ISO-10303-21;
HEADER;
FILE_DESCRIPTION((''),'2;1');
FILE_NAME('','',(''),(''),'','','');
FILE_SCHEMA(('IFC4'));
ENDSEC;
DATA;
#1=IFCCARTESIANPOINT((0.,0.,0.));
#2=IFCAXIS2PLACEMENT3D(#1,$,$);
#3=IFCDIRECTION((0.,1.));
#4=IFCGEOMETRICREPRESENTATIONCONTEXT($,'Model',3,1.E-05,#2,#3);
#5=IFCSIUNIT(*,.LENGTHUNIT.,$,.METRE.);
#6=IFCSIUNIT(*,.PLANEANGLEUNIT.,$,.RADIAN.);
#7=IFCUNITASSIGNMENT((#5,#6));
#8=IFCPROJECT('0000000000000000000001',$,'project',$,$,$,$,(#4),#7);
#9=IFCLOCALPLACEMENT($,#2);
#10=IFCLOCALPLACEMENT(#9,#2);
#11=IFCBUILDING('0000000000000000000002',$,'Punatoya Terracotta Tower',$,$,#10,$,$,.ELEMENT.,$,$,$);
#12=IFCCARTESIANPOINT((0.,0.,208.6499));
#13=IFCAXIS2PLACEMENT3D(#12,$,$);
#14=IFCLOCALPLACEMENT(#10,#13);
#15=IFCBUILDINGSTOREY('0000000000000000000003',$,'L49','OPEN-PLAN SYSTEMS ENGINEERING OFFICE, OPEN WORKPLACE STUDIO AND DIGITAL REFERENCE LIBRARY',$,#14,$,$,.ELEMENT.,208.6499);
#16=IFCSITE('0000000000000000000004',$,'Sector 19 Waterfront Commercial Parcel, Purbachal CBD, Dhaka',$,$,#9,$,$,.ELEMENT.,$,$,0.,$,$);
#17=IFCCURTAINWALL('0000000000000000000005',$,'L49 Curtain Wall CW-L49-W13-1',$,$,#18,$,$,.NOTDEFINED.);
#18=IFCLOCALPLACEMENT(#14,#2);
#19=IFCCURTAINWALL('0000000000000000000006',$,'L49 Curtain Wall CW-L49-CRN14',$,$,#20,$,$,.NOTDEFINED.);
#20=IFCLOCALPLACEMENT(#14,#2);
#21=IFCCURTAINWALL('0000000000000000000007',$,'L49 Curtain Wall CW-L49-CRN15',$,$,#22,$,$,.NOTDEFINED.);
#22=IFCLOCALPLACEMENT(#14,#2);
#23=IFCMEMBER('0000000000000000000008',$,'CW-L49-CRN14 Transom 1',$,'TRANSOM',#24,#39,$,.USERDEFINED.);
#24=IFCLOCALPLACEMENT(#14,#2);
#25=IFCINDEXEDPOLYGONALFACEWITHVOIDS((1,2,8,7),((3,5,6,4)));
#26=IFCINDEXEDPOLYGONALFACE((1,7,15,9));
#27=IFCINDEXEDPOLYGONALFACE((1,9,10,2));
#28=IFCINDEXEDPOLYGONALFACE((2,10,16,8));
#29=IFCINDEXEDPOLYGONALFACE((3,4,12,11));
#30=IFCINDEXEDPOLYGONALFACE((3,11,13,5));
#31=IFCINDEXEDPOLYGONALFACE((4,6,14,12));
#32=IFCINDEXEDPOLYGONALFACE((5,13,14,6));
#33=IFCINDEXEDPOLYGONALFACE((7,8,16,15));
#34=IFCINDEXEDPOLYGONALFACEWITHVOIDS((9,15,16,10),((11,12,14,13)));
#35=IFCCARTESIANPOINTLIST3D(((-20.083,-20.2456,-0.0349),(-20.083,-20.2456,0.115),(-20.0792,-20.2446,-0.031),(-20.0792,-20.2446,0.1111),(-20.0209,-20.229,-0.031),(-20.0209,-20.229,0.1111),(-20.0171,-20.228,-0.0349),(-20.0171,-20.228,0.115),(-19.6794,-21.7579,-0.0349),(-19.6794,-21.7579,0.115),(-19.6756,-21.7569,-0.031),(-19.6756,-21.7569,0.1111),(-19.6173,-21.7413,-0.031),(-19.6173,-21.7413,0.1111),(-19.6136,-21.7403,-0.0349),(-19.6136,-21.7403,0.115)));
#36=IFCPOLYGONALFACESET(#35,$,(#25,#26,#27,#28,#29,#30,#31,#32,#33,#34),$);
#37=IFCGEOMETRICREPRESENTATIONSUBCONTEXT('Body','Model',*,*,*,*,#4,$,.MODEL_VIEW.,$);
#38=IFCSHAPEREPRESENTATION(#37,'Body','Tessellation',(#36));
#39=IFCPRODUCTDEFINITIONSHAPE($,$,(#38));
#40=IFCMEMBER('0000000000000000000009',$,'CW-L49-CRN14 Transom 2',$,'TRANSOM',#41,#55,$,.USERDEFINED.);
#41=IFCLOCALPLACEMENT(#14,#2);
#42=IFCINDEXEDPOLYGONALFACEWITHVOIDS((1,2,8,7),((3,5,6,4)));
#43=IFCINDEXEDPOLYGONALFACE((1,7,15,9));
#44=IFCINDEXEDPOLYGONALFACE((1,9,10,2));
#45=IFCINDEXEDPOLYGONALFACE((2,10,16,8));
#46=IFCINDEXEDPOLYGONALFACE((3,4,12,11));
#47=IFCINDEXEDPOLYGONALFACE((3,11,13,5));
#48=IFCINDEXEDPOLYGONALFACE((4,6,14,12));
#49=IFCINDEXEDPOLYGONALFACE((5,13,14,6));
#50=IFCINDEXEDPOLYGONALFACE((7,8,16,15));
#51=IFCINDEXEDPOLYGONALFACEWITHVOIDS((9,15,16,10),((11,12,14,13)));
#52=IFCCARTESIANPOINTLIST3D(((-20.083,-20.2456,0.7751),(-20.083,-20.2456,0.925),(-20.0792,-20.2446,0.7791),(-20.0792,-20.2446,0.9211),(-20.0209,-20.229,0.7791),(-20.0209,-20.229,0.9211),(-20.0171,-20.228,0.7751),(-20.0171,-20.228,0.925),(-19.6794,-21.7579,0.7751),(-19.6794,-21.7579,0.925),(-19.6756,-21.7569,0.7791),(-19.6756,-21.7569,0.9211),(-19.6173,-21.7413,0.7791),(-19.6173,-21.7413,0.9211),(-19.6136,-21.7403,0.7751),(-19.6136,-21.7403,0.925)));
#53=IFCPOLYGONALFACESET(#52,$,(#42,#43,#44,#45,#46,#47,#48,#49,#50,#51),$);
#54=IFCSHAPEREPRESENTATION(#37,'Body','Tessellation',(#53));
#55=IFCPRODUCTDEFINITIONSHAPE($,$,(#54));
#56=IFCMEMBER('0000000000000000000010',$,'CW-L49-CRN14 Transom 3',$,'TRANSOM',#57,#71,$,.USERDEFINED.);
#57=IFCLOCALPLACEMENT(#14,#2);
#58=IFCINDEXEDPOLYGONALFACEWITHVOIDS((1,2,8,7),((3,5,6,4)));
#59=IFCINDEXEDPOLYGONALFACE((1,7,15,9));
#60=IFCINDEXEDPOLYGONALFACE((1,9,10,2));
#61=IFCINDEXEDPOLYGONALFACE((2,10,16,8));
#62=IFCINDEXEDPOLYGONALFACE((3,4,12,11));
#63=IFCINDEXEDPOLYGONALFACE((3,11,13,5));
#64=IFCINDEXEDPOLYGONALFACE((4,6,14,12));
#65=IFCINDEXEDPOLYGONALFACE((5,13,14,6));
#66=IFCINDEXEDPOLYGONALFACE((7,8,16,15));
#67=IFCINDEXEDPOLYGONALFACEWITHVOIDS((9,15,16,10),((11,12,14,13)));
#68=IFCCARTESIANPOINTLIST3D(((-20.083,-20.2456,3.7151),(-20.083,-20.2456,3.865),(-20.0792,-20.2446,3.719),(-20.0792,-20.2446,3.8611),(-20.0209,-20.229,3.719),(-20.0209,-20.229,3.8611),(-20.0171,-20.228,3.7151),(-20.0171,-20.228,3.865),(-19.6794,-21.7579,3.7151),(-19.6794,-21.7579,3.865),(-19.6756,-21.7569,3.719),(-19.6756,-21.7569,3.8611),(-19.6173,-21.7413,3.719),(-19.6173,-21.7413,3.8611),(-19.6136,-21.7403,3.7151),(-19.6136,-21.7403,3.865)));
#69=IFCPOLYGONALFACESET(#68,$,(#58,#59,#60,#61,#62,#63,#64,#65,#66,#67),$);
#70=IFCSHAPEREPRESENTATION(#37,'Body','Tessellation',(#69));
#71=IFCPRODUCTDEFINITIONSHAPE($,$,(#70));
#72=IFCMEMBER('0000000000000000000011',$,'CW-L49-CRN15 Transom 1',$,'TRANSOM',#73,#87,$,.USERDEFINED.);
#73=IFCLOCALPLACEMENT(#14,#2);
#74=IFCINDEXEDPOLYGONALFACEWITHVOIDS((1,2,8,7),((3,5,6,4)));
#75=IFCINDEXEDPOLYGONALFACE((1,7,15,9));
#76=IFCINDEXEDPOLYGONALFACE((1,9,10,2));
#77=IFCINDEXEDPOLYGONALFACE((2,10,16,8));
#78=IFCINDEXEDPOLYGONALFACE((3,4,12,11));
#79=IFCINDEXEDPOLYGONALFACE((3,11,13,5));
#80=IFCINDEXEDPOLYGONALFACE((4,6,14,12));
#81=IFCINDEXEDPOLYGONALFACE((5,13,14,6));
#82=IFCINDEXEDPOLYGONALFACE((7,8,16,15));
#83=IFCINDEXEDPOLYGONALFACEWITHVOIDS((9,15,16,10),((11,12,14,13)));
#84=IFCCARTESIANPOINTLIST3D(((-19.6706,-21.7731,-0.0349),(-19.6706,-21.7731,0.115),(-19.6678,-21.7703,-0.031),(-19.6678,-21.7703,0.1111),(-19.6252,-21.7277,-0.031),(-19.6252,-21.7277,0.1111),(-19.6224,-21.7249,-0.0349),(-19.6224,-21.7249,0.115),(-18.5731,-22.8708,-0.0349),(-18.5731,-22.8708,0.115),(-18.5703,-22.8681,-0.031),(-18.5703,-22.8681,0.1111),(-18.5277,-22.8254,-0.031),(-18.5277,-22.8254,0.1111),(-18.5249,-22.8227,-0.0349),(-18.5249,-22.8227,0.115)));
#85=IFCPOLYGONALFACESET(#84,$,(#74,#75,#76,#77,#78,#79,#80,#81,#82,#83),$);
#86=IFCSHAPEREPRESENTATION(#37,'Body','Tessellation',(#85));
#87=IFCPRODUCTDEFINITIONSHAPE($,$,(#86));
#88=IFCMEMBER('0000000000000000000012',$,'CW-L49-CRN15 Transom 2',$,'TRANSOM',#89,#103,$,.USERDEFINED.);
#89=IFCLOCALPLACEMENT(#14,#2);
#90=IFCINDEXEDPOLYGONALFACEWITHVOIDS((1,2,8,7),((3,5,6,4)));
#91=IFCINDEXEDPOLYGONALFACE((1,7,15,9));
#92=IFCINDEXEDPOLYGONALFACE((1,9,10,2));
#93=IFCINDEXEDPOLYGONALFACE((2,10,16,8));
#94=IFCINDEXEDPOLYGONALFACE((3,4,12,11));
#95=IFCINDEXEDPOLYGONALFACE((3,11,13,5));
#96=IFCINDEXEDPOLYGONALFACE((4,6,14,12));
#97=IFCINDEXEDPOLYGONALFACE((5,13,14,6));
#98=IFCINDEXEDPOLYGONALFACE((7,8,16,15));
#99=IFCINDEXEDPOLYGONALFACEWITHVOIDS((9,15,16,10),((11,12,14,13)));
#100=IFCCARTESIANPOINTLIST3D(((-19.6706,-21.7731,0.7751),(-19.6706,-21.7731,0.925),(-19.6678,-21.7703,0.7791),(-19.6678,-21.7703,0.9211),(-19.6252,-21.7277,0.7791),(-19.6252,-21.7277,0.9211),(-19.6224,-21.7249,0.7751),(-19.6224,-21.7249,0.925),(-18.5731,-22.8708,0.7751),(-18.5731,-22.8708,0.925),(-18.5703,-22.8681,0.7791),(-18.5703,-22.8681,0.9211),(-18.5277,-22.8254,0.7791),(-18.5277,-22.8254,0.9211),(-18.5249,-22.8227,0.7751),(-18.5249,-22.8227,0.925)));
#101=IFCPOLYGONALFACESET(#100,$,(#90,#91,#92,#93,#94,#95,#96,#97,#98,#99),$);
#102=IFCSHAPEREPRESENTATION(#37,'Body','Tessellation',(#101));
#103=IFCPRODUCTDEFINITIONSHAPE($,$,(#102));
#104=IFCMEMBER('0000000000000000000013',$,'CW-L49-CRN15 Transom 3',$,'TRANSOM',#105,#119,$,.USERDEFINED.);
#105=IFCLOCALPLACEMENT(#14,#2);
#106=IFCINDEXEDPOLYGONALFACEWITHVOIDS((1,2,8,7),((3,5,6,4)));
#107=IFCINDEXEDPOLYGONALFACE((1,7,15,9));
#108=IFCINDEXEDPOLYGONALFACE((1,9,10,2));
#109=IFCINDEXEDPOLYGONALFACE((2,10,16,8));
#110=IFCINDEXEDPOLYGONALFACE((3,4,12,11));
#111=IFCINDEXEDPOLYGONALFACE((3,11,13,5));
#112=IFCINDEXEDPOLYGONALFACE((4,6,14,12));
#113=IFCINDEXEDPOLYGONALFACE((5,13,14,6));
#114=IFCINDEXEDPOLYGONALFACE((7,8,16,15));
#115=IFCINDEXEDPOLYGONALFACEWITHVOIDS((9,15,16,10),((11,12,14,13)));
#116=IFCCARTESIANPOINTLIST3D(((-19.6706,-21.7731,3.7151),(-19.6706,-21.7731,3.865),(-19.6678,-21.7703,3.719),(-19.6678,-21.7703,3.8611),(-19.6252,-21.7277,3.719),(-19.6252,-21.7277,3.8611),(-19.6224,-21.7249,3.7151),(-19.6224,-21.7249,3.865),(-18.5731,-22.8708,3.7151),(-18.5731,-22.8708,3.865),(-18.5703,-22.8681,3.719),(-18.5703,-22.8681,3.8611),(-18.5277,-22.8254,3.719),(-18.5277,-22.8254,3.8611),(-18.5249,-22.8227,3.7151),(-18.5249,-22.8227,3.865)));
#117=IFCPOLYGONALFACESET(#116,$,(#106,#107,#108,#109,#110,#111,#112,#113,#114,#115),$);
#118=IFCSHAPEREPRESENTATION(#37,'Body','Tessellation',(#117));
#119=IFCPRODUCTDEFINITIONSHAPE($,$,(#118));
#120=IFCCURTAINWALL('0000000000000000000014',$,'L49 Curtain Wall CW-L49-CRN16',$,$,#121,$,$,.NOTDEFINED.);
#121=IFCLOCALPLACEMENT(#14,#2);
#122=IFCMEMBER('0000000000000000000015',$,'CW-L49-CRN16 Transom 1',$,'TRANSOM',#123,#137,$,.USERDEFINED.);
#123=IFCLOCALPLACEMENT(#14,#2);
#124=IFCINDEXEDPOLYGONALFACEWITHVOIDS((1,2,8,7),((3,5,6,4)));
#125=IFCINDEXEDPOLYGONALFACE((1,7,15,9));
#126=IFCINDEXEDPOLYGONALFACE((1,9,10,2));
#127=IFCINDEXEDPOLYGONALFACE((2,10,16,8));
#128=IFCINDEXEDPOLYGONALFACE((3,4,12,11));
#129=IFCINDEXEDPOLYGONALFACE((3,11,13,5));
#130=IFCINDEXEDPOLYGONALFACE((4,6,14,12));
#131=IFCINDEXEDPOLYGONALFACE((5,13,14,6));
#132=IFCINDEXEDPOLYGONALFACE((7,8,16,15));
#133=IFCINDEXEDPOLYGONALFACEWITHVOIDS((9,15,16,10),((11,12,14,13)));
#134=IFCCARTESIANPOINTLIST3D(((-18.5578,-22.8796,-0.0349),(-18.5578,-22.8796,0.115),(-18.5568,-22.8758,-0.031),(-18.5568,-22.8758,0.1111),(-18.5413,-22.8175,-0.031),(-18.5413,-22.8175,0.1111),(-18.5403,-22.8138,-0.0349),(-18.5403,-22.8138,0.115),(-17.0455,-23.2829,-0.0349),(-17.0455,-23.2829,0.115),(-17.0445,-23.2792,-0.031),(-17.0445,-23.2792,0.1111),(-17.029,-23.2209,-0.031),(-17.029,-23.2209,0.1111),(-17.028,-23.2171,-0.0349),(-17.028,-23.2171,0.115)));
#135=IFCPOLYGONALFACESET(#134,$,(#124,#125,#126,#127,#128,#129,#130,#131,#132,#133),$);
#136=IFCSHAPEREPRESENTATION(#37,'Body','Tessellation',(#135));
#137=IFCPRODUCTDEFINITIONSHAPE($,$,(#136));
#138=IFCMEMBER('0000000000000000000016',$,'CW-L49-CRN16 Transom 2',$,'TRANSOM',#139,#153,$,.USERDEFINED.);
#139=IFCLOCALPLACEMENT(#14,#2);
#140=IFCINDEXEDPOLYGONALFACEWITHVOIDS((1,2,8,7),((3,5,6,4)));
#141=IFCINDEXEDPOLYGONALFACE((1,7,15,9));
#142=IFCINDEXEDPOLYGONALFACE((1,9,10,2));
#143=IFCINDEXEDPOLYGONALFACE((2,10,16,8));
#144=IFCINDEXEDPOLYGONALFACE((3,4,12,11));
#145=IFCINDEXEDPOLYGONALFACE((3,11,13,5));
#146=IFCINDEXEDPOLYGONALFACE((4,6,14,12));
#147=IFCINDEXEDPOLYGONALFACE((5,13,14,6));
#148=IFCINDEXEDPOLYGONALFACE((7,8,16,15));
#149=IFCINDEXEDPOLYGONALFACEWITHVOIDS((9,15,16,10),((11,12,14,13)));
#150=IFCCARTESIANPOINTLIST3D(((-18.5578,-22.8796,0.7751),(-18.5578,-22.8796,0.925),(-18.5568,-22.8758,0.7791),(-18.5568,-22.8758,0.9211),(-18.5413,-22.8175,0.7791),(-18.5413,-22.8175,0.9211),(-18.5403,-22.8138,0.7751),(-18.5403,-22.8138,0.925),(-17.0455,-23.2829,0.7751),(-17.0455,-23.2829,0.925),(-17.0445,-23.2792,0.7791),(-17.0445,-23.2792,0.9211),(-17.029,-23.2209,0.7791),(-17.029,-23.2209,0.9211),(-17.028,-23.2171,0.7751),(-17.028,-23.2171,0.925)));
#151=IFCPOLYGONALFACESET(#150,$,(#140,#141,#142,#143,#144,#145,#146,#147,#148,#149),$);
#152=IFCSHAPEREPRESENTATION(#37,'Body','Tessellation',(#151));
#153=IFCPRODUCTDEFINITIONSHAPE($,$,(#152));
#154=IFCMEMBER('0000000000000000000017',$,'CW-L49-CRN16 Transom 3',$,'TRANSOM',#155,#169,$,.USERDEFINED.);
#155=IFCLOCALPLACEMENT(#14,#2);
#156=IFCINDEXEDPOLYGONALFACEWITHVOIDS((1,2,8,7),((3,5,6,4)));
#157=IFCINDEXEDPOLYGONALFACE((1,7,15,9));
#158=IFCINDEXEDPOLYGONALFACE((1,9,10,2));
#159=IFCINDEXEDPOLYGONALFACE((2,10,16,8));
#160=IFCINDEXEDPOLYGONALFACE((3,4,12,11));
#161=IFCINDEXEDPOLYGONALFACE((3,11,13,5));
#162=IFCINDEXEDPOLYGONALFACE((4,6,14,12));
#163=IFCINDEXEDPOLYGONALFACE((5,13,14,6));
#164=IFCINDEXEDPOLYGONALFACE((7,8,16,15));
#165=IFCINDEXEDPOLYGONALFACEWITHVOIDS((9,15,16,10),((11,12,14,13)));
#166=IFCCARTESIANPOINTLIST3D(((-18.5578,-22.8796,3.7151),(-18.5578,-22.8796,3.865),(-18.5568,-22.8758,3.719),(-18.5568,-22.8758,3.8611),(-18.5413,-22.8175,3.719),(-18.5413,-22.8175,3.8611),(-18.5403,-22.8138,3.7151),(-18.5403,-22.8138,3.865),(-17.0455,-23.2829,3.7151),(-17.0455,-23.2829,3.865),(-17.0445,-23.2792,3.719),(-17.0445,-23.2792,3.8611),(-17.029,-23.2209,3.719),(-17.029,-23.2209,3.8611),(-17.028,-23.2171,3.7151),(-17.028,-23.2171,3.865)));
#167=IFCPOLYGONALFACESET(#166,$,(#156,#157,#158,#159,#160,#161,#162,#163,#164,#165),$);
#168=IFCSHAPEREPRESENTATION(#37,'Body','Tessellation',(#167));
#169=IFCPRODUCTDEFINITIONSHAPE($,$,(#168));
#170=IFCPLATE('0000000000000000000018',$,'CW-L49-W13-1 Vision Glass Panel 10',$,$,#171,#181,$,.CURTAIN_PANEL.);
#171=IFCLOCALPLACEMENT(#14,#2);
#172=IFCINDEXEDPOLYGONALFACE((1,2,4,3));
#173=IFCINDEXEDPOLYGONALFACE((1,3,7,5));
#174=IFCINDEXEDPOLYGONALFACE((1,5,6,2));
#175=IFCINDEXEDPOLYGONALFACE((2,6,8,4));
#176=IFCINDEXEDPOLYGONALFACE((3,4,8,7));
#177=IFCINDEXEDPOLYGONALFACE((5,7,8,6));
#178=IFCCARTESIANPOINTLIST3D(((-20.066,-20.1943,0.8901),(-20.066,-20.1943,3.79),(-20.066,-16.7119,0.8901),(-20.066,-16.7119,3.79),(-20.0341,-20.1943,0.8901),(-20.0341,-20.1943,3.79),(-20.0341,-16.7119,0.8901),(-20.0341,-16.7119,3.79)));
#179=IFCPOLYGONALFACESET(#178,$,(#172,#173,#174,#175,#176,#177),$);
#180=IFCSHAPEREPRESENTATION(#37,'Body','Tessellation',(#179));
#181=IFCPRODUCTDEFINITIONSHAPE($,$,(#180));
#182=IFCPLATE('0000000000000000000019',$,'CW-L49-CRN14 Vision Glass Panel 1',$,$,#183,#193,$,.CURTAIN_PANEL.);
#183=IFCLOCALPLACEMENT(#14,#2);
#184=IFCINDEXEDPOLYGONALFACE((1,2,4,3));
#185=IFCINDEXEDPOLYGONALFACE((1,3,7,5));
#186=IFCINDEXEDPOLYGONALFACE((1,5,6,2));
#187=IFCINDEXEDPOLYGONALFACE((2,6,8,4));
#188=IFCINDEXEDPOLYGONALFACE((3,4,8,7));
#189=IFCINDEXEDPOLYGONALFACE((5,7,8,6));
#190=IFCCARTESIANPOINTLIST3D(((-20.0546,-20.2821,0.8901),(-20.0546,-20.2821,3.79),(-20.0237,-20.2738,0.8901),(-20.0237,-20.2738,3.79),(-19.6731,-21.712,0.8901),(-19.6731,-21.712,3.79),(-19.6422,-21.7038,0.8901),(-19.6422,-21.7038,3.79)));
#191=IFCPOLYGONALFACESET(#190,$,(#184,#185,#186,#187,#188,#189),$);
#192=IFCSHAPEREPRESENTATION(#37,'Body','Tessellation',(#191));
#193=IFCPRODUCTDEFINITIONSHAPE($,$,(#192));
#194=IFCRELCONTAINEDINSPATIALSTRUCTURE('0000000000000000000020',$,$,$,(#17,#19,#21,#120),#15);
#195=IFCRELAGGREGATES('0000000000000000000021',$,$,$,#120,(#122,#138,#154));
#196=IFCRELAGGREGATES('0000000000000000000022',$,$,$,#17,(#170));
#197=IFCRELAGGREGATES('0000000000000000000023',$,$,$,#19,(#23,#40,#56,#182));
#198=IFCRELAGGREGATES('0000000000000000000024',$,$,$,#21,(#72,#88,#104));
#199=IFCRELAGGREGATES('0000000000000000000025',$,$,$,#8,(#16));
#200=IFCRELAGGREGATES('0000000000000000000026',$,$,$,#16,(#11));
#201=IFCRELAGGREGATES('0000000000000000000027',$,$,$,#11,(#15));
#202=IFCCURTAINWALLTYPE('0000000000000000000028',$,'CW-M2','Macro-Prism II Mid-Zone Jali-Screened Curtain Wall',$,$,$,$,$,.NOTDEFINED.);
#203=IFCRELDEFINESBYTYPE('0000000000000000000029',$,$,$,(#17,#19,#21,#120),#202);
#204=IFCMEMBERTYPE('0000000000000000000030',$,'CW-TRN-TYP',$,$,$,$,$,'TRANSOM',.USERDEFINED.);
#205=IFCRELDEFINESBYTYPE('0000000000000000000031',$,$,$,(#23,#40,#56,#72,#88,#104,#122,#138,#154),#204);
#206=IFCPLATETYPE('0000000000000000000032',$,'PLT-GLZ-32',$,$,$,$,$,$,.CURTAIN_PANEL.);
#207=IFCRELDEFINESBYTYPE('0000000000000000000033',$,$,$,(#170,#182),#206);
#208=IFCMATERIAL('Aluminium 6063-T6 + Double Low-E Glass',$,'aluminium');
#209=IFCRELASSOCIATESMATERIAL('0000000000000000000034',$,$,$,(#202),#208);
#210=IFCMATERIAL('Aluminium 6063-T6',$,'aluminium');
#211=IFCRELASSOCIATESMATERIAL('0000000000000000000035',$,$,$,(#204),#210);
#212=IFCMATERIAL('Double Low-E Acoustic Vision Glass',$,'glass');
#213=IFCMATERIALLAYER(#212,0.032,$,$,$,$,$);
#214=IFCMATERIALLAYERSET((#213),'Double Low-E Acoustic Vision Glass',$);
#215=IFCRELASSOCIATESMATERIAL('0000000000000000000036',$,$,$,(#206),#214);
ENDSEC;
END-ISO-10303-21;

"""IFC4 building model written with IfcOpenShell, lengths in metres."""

from ifc_helpers import new_model, si_unit, direction, frame, origin, origin_2d, place, context, subcontext, project, spatial, rectangle, hollow_rectangle, extrude, material, layer, layer_set, material_profile, profile_set, type_object, element, aggregate, save


model = new_model("IFC4")

# Units and contexts
model_context = context("Model", 3, precision=1e-05, world=origin(), true_north=direction((0.0, 1.0)))
body_context = subcontext(model_context, "Body", "Model", "MODEL_VIEW")
ifc_project = project(units=[si_unit("LENGTHUNIT", "METRE"), si_unit("PLANEANGLEUNIT", "RADIAN")], contexts=[model_context])

# Site, building, storey
site_placement = place(None, origin())
site = spatial("IfcSite", under=ifc_project, at=site_placement, Name="Sector 19 Waterfront Commercial Parcel, Purbachal CBD, Dhaka", CompositionType="ELEMENT", RefElevation=0.0)
building_placement = place(site_placement, origin())
building = spatial("IfcBuilding", under=site, at=building_placement, Name="Punatoya Terracotta Tower", CompositionType="ELEMENT")
storey_placement = place(building_placement, frame((0.0, 0.0, 208.6499)))
storey = spatial("IfcBuildingStorey", under=building, at=storey_placement, Name="L49", Description="OPEN-PLAN SYSTEMS ENGINEERING OFFICE, OPEN WORKPLACE STUDIO AND DIGITAL REFERENCE LIBRARY", CompositionType="ELEMENT", Elevation=208.6499)

# Curtain wall
ifc_material_1 = material(Name="Aluminium 6063-T6 + Double Low-E Glass", Category="aluminium")
curtain_wall_type = type_object("IfcCurtainWallType", Name="CW-M2", Description="Macro-Prism II Mid-Zone Jali-Screened Curtain Wall", PredefinedType="NOTDEFINED", material=ifc_material_1)
curtain_wall_1_placement = place(storey_placement, origin())
curtain_wall_1 = element("IfcCurtainWall", 1, at=curtain_wall_1_placement, inside=storey, type_object=curtain_wall_type, Name="L49 Curtain Wall CW-L49-W13-1", PredefinedType="NOTDEFINED")
ifc_material_2 = material(Name="Aluminium 6063-T6", Category="aluminium")

# Curtain walls
curtain_wall_2_placement = place(storey_placement, origin())
curtain_wall_2 = element("IfcCurtainWall", 2, at=curtain_wall_2_placement, inside=storey, type_object=curtain_wall_type, Name="L49 Curtain Wall CW-L49-CRN14", PredefinedType="NOTDEFINED")
curtain_wall_3_placement = place(storey_placement, origin())
curtain_wall_3 = element("IfcCurtainWall", 3, at=curtain_wall_3_placement, inside=storey, type_object=curtain_wall_type, Name="L49 Curtain Wall CW-L49-CRN15", PredefinedType="NOTDEFINED")

# Members
ifc_material_profile_1 = material_profile(ifc_material_2, hollow_rectangle(XDim=0.0681, YDim=0.1499, WallThickness=0.0039, at=origin_2d()))
ifc_profile_set_1 = profile_set([ifc_material_profile_1], Name="Aluminium 6063-T6")
member_type_1 = type_object("IfcMemberType", Name="CW-TRN-TYP", ElementType="TRANSOM", PredefinedType="USERDEFINED", material=ifc_profile_set_1)
member_1_placement = place(storey_placement, frame((-20.05, -20.2368, 0.04), z_axis=(0.257847, -0.966186, 0.0), x_axis=(0.966186, 0.257847, 0.0)))
member_1 = element("IfcMember", 4, at=member_1_placement, type_object=member_type_1, Name="CW-L49-CRN14 Transom 1", ObjectType="TRANSOM", PredefinedType="USERDEFINED", context=body_context, shape_type="SweptSolid", body=[
    extrude(hollow_rectangle(XDim=0.0681, YDim=0.1499, WallThickness=0.0039, at=origin_2d()), origin(), (0.0, 0.0, 1.0), 1.5652),
])
member_2_placement = place(storey_placement, frame((-20.05, -20.2368, 0.8501), z_axis=(0.257847, -0.966186, 0.0), x_axis=(0.966186, 0.257847, 0.0)))
member_2 = element("IfcMember", 5, at=member_2_placement, type_object=member_type_1, Name="CW-L49-CRN14 Transom 2", ObjectType="TRANSOM", PredefinedType="USERDEFINED", context=body_context, shape_type="SweptSolid", body=[
    extrude(hollow_rectangle(XDim=0.0681, YDim=0.1499, WallThickness=0.0039, at=origin_2d()), origin(), (0.0, 0.0, 1.0), 1.5652),
])
member_3_placement = place(storey_placement, frame((-20.05, -20.2368, 3.79), z_axis=(0.257847, -0.966186, 0.0), x_axis=(0.966186, 0.257847, 0.0)))
member_3 = element("IfcMember", 6, at=member_3_placement, type_object=member_type_1, Name="CW-L49-CRN14 Transom 3", ObjectType="TRANSOM", PredefinedType="USERDEFINED", context=body_context, shape_type="SweptSolid", body=[
    extrude(hollow_rectangle(XDim=0.0681, YDim=0.1499, WallThickness=0.0039, at=origin_2d()), origin(), (0.0, 0.0, 1.0), 1.5652),
])
member_4_placement = place(storey_placement, frame((-19.6465, -21.749, 0.04), z_axis=(0.707028, -0.707185, 0.0), x_axis=(0.707185, 0.707028, 0.0)))
member_4 = element("IfcMember", 7, at=member_4_placement, type_object=member_type_1, Name="CW-L49-CRN15 Transom 1", ObjectType="TRANSOM", PredefinedType="USERDEFINED", context=body_context, shape_type="SweptSolid", body=[
    extrude(hollow_rectangle(XDim=0.0681, YDim=0.1499, WallThickness=0.0039, at=origin_2d()), origin(), (0.0, 0.0, 1.0), 1.5522),
])
member_5_placement = place(storey_placement, frame((-19.6465, -21.749, 0.8501), z_axis=(0.707028, -0.707185, 0.0), x_axis=(0.707185, 0.707028, 0.0)))
member_5 = element("IfcMember", 8, at=member_5_placement, type_object=member_type_1, Name="CW-L49-CRN15 Transom 2", ObjectType="TRANSOM", PredefinedType="USERDEFINED", context=body_context, shape_type="SweptSolid", body=[
    extrude(hollow_rectangle(XDim=0.0681, YDim=0.1499, WallThickness=0.0039, at=origin_2d()), origin(), (0.0, 0.0, 1.0), 1.5522),
])
member_6_placement = place(storey_placement, frame((-19.6465, -21.749, 3.79), z_axis=(0.707028, -0.707185, 0.0), x_axis=(0.707185, 0.707028, 0.0)))
member_6 = element("IfcMember", 9, at=member_6_placement, type_object=member_type_1, Name="CW-L49-CRN15 Transom 3", ObjectType="TRANSOM", PredefinedType="USERDEFINED", context=body_context, shape_type="SweptSolid", body=[
    extrude(hollow_rectangle(XDim=0.0681, YDim=0.1499, WallThickness=0.0039, at=origin_2d()), origin(), (0.0, 0.0, 1.0), 1.5522),
])

# Curtain wall, members
curtain_wall_4_placement = place(storey_placement, origin())
curtain_wall_4 = element("IfcCurtainWall", 10, at=curtain_wall_4_placement, inside=storey, type_object=curtain_wall_type, Name="L49 Curtain Wall CW-L49-CRN16", PredefinedType="NOTDEFINED")
member_7_placement = place(storey_placement, frame((-18.5491, -22.8467, 0.04), z_axis=(0.966225, -0.257701, 0.0), x_axis=(0.257701, 0.966225, 0.0)))
member_7 = element("IfcMember", 11, at=member_7_placement, type_object=member_type_1, Name="CW-L49-CRN16 Transom 1", ObjectType="TRANSOM", PredefinedType="USERDEFINED", context=body_context, shape_type="SweptSolid", body=[
    extrude(hollow_rectangle(XDim=0.0681, YDim=0.1499, WallThickness=0.0039, at=origin_2d()), origin(), (0.0, 0.0, 1.0), 1.5652),
])
member_8_placement = place(storey_placement, frame((-18.5491, -22.8467, 0.8501), z_axis=(0.966225, -0.257701, 0.0), x_axis=(0.257701, 0.966225, 0.0)))
member_8 = element("IfcMember", 12, at=member_8_placement, type_object=member_type_1, Name="CW-L49-CRN16 Transom 2", ObjectType="TRANSOM", PredefinedType="USERDEFINED", context=body_context, shape_type="SweptSolid", body=[
    extrude(hollow_rectangle(XDim=0.0681, YDim=0.1499, WallThickness=0.0039, at=origin_2d()), origin(), (0.0, 0.0, 1.0), 1.5652),
])
member_9_placement = place(storey_placement, frame((-18.5491, -22.8467, 3.79), z_axis=(0.966225, -0.257701, 0.0), x_axis=(0.257701, 0.966225, 0.0)))
member_9 = element("IfcMember", 13, at=member_9_placement, type_object=member_type_1, Name="CW-L49-CRN16 Transom 3", ObjectType="TRANSOM", PredefinedType="USERDEFINED", context=body_context, shape_type="SweptSolid", body=[
    extrude(hollow_rectangle(XDim=0.0681, YDim=0.1499, WallThickness=0.0039, at=origin_2d()), origin(), (0.0, 0.0, 1.0), 1.5652),
])
aggregate(curtain_wall_4, [member_7, member_8, member_9])

# Plates
ifc_material_3 = material(Name="Double Low-E Acoustic Vision Glass", Category="glass")
ifc_layer_1 = layer(ifc_material_3, 0.032)
ifc_layer_set_1 = layer_set([ifc_layer_1], Name="Double Low-E Acoustic Vision Glass")
plate_type_1 = type_object("IfcPlateType", Name="PLT-GLZ-32", PredefinedType="CURTAIN_PANEL", material=ifc_layer_set_1)
plate_1_placement = place(storey_placement, frame((-20.05, -18.4531, 0.8901), z_axis=(0.0, 0.0, 1.0), x_axis=(0.0, -1.0, 0.0)))
plate_1 = element("IfcPlate", 14, at=plate_1_placement, type_object=plate_type_1, Name="CW-L49-W13-1 Vision Glass Panel 10", PredefinedType="CURTAIN_PANEL", context=body_context, shape_type="SweptSolid", body=[
    extrude(rectangle(XDim=3.4824, YDim=0.032, at=origin_2d()), origin(), (0.0, 0.0, 1.0), 2.8999),
])
plate_2_placement = place(storey_placement, frame((-19.8484, -20.9929, 0.8901), z_axis=(0.0, 0.0, 1.0), x_axis=(0.257742, -0.966214, 0.0)))
plate_2 = element("IfcPlate", 15, at=plate_2_placement, type_object=plate_type_1, Name="CW-L49-CRN14 Vision Glass Panel 1", PredefinedType="CURTAIN_PANEL", context=body_context, shape_type="SweptSolid", body=[
    extrude(rectangle(XDim=1.48, YDim=0.032, at=origin_2d()), origin(), (0.0, 0.0, 1.0), 2.8999),
])
aggregate(curtain_wall_1, [plate_1])
aggregate(curtain_wall_2, [member_1, member_2, member_3, plate_2])
aggregate(curtain_wall_3, [member_4, member_5, member_6])

save(model, "model.ifc")
